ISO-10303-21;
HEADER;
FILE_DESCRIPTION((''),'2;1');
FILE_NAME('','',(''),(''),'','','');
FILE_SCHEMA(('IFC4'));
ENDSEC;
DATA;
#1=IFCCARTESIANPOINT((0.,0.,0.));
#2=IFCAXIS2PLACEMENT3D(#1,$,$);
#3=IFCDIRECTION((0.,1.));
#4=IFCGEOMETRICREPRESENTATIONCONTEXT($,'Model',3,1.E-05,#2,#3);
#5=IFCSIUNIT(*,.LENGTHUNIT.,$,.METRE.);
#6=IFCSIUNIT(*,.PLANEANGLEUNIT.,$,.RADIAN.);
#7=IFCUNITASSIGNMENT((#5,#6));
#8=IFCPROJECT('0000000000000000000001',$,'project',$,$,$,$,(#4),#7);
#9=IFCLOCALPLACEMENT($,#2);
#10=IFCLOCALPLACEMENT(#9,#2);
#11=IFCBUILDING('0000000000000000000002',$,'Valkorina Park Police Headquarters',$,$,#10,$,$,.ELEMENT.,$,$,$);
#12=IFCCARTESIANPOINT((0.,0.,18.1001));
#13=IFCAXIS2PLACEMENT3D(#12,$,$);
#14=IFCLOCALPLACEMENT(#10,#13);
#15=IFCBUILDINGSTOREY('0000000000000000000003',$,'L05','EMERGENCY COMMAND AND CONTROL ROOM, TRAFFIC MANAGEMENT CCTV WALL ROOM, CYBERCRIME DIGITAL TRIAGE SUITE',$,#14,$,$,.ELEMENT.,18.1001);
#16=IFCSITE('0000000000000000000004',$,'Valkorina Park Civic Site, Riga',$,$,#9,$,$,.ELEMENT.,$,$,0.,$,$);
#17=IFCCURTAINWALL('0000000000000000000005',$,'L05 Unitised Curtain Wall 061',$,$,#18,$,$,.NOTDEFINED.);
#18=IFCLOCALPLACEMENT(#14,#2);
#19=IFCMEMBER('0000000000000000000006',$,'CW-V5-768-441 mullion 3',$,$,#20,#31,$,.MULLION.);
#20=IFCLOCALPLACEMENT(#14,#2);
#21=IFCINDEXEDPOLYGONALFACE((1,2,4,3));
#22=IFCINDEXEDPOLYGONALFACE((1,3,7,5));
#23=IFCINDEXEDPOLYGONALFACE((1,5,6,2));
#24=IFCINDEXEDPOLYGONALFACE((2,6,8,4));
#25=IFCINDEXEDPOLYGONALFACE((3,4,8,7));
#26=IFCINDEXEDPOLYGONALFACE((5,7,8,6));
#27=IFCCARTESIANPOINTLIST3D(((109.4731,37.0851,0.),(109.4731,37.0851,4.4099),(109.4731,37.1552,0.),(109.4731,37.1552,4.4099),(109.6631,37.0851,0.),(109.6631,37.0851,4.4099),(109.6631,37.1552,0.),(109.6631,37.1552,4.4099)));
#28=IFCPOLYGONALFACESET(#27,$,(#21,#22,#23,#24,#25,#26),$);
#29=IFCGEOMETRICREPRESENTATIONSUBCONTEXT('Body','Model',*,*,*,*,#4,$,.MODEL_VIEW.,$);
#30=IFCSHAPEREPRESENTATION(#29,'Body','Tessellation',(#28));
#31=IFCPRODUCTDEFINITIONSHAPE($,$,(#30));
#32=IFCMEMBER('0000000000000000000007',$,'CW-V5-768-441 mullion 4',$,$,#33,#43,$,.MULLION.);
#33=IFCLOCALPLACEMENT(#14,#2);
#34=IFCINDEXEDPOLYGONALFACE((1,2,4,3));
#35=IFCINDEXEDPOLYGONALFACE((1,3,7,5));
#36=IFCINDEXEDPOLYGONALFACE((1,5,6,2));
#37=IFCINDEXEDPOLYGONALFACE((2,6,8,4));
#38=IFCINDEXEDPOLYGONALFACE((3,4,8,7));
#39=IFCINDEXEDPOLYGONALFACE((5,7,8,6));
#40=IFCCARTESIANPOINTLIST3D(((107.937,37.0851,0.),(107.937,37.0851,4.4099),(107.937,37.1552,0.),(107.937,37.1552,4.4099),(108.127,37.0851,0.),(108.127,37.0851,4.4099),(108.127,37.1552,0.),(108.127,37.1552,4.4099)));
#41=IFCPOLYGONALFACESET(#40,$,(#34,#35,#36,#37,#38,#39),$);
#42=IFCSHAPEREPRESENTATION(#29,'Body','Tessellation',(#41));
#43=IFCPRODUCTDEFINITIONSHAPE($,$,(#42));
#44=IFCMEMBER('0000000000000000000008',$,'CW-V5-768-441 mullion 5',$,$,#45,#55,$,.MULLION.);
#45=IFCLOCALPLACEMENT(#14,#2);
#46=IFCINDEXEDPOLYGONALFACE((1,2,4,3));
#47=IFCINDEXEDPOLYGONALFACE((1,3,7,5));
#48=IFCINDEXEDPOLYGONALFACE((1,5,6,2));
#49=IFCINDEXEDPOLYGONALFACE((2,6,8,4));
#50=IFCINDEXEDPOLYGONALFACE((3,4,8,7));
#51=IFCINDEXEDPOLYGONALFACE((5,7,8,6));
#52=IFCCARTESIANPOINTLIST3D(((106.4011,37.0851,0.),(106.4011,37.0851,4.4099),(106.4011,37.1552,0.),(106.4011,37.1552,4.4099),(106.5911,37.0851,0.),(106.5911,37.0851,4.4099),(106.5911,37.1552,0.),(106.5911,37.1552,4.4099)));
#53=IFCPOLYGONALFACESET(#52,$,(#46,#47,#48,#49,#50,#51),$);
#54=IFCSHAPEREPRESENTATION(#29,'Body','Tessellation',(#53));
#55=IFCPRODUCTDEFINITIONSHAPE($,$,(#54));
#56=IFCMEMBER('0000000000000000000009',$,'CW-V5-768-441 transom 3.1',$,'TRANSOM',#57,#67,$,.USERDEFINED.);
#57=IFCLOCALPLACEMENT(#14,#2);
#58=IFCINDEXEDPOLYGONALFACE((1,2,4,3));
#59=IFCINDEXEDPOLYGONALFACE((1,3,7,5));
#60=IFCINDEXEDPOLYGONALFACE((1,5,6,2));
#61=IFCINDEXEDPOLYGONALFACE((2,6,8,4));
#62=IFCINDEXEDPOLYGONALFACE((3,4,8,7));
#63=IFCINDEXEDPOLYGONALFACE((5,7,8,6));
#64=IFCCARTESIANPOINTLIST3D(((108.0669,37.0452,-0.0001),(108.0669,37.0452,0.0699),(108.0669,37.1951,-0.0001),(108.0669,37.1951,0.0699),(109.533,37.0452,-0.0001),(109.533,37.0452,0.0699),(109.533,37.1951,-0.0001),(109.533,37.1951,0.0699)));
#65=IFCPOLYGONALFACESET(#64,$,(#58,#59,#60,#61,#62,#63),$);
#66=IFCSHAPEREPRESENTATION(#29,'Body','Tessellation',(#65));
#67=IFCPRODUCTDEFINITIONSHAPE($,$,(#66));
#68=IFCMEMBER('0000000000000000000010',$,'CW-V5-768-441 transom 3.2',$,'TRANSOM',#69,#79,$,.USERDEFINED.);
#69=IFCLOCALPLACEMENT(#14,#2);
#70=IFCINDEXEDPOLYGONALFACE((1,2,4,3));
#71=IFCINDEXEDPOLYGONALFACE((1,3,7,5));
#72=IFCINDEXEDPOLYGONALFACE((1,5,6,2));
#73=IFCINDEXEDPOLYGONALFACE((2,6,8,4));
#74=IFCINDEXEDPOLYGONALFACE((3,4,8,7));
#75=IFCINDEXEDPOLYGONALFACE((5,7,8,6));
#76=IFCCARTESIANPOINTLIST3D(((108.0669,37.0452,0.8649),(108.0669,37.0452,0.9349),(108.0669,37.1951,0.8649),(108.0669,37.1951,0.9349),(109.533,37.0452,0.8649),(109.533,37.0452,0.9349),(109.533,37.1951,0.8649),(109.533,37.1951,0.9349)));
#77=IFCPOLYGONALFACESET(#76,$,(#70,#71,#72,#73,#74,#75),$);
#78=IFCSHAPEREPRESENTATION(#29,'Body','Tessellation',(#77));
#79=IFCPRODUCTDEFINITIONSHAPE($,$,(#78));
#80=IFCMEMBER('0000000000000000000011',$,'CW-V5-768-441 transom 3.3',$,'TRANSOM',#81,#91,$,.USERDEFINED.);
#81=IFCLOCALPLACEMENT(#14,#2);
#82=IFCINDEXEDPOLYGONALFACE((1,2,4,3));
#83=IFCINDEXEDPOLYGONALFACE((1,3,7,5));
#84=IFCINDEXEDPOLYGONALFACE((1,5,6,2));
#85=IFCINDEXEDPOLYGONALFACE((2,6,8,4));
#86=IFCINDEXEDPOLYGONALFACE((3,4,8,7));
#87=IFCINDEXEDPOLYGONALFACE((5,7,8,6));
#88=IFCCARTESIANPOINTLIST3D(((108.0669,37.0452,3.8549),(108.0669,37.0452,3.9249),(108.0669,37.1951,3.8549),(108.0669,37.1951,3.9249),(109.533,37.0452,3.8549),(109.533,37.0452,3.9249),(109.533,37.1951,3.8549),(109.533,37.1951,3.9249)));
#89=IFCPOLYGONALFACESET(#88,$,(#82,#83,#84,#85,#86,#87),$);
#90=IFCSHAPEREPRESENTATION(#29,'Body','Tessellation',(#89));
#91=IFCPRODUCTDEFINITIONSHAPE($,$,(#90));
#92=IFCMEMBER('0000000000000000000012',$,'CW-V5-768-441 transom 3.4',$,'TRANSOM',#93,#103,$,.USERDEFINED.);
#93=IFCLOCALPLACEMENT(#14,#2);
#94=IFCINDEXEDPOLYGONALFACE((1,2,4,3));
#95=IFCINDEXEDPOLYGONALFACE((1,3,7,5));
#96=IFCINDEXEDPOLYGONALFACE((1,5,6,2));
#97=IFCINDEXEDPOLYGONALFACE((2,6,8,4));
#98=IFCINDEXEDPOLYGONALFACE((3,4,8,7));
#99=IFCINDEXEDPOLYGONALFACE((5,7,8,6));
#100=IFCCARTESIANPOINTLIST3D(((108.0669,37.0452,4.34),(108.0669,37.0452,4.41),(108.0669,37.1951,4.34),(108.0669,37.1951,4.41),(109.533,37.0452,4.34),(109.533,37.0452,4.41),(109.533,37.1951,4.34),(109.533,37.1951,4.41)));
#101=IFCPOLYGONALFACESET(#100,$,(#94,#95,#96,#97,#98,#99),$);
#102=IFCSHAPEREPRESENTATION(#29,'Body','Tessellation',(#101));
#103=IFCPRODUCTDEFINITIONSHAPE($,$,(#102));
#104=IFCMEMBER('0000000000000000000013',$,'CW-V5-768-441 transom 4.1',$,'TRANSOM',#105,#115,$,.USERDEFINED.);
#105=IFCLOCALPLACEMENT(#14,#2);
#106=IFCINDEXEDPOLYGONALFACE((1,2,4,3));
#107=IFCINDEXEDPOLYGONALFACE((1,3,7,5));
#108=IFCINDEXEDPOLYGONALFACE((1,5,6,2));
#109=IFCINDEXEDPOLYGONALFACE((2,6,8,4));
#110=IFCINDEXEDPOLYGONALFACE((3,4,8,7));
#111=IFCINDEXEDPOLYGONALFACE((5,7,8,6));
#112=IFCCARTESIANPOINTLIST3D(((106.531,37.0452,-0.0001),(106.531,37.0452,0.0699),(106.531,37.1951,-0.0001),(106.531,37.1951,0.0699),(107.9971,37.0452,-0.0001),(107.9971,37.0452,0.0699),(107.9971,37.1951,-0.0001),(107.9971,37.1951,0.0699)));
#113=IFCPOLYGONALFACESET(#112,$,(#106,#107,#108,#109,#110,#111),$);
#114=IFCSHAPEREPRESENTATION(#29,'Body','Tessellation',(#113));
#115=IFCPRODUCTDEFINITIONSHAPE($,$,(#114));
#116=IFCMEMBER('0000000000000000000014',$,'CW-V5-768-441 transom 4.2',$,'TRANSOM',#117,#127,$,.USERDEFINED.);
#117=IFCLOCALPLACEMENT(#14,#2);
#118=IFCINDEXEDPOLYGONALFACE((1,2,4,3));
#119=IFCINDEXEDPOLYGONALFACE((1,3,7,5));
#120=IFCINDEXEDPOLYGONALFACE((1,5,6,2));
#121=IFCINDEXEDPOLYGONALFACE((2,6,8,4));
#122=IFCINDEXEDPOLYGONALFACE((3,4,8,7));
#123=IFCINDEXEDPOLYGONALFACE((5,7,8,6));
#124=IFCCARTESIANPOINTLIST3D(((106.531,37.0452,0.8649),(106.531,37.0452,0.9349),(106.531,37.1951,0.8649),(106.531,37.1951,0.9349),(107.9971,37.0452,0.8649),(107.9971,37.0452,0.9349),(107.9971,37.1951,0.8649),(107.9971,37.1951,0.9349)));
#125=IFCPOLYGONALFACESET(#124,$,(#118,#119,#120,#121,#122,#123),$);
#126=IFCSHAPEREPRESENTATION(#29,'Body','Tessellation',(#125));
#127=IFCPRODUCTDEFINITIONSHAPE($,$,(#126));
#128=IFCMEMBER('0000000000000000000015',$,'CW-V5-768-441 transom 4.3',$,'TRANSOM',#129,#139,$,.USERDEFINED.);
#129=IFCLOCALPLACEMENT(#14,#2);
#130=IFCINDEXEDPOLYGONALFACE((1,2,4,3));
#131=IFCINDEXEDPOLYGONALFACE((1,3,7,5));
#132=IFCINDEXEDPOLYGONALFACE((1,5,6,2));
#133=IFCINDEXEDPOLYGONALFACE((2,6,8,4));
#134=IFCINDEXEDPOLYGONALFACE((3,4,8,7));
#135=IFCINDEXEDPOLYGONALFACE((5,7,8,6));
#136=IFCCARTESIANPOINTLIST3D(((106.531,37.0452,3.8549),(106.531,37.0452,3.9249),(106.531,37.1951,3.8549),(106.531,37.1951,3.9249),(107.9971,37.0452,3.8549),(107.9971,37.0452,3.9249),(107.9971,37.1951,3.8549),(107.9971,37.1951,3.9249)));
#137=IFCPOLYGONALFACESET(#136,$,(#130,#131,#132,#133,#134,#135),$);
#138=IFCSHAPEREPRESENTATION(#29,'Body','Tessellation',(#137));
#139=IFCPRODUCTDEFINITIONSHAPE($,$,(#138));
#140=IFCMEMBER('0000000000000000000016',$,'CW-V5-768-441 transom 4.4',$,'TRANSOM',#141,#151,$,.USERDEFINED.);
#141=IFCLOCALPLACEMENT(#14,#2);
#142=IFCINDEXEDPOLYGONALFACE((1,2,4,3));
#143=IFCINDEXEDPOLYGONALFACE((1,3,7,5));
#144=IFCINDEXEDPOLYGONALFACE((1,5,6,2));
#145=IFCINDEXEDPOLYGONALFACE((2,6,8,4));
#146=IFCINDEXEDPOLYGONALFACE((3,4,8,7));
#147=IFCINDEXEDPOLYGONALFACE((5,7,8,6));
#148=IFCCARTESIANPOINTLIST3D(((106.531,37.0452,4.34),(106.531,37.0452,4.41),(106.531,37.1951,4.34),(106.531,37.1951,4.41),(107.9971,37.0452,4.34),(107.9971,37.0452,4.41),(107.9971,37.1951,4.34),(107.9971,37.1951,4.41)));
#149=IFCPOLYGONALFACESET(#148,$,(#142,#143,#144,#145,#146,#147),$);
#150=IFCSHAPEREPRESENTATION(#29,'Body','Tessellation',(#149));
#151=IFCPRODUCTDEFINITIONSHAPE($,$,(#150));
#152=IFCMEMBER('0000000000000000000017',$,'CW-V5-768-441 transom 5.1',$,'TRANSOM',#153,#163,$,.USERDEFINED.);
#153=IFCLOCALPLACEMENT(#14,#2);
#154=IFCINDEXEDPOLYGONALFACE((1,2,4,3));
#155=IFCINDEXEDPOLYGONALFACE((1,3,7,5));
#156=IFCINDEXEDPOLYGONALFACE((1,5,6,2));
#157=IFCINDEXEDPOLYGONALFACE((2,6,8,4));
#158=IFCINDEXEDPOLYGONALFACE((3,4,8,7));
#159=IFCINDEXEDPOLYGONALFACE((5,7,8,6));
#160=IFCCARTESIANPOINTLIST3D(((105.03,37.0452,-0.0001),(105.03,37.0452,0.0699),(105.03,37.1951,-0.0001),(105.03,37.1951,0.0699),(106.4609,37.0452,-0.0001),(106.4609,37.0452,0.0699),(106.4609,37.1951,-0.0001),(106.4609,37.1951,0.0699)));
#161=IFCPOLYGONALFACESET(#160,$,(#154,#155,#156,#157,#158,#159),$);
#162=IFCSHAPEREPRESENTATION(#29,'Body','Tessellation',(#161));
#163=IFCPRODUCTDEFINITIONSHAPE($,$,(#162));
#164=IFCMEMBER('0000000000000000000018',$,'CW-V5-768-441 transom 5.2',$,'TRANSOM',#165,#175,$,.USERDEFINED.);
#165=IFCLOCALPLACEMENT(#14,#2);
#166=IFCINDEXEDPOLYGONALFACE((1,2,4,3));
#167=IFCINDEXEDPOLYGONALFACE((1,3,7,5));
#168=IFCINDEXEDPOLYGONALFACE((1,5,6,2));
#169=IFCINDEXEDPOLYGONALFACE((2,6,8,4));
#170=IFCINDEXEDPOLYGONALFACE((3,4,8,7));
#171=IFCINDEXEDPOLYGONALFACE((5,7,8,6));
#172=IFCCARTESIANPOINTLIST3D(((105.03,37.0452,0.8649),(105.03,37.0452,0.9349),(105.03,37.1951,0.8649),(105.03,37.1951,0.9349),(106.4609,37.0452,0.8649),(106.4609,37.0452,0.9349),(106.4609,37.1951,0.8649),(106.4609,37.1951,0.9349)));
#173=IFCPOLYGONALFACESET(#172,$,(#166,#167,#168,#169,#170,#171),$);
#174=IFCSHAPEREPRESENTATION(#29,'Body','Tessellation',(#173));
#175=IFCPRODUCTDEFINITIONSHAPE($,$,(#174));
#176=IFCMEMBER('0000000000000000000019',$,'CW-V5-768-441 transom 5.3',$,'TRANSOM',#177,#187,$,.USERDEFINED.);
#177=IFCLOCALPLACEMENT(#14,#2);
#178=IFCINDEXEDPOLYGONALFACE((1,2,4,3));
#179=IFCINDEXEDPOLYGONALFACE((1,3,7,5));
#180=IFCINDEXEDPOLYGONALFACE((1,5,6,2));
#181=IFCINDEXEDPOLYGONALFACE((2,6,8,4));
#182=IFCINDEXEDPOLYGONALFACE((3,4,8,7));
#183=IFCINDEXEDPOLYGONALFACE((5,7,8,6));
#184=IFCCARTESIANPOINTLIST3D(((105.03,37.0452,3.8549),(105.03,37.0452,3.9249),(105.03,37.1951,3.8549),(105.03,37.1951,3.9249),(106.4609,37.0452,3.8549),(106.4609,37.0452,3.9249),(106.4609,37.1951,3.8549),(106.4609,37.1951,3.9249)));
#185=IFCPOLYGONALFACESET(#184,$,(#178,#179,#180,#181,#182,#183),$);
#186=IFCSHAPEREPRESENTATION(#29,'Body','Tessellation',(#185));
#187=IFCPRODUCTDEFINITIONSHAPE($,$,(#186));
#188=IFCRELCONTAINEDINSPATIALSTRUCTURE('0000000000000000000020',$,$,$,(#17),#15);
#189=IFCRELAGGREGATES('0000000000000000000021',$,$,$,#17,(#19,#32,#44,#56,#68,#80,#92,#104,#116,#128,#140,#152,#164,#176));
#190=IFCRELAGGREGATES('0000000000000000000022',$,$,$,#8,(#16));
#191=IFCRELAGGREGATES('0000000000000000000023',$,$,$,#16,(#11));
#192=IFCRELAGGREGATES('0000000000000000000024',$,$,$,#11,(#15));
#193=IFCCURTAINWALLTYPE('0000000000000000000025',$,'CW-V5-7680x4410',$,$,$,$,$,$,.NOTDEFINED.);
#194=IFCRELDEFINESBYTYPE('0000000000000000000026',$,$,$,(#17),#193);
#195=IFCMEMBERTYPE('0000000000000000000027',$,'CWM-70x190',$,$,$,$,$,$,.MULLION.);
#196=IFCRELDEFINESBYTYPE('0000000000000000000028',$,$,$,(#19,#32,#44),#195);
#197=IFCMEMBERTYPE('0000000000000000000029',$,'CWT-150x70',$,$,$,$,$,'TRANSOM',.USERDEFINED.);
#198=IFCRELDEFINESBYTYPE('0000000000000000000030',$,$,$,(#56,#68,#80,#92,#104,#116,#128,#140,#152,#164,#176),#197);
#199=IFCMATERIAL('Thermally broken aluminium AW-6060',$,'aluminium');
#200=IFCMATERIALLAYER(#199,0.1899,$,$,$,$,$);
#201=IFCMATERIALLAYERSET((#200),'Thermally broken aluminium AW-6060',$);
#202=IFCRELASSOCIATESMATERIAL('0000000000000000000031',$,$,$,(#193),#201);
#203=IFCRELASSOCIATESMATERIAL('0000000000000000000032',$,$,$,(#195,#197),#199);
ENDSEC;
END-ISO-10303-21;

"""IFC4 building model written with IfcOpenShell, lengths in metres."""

from ifc_helpers import new_model, si_unit, direction, frame, origin, origin_2d, place, context, subcontext, project, spatial, rectangle, extrude, material, layer, layer_set, material_profile, profile_set, type_object, element, aggregate, save


model = new_model("IFC4")

# Units and contexts
model_context = context("Model", 3, precision=1e-05, world=origin(), true_north=direction((0.0, 1.0)))
body_context = subcontext(model_context, "Body", "Model", "MODEL_VIEW")
ifc_project = project(units=[si_unit("LENGTHUNIT", "METRE"), si_unit("PLANEANGLEUNIT", "RADIAN")], contexts=[model_context])

# Site, building, storey
site_placement = place(None, origin())
site = spatial("IfcSite", under=ifc_project, at=site_placement, Name="Valkorina Park Civic Site, Riga", CompositionType="ELEMENT", RefElevation=0.0)
building_placement = place(site_placement, origin())
building = spatial("IfcBuilding", under=site, at=building_placement, Name="Valkorina Park Police Headquarters", CompositionType="ELEMENT")
storey_placement = place(building_placement, frame((0.0, 0.0, 18.1001)))
storey = spatial("IfcBuildingStorey", under=building, at=storey_placement, Name="L05", Description="EMERGENCY COMMAND AND CONTROL ROOM, TRAFFIC MANAGEMENT CCTV WALL ROOM, CYBERCRIME DIGITAL TRIAGE SUITE", CompositionType="ELEMENT", Elevation=18.1001)

# Curtain wall, members
ifc_material_1 = material(Name="Thermally broken aluminium AW-6060", Category="aluminium")
ifc_layer_1 = layer(ifc_material_1, 0.1899)
ifc_layer_set_1 = layer_set([ifc_layer_1], Name="Thermally broken aluminium AW-6060")
curtain_wall_type = type_object("IfcCurtainWallType", Name="CW-V5-7680x4410", PredefinedType="NOTDEFINED", material=ifc_layer_set_1)
curtain_wall_placement = place(storey_placement, origin())
curtain_wall = element("IfcCurtainWall", 1, at=curtain_wall_placement, inside=storey, type_object=curtain_wall_type, Name="L05 Unitised Curtain Wall 061", PredefinedType="NOTDEFINED")
ifc_material_profile_1 = material_profile(ifc_material_1, rectangle(XDim=0.0701, YDim=0.1899, at=origin_2d()), Name="CWM-02 70x190")
ifc_profile_set_1 = profile_set([ifc_material_profile_1], Name="Thermally broken aluminium AW-6060")
member_type_1 = type_object("IfcMemberType", Name="CWM-70x190", PredefinedType="MULLION", material=ifc_profile_set_1)
member_1_placement = place(storey_placement, frame((109.5681, 37.1201, 0.0), z_axis=(0.0, 0.0, 1.0), x_axis=(0.0, -1.0, 0.0)))
member_1 = element("IfcMember", 2, at=member_1_placement, type_object=member_type_1, Name="CW-V5-768-441 mullion 3", PredefinedType="MULLION", context=body_context, shape_type="SweptSolid", body=[
    extrude(rectangle(XDim=0.0701, YDim=0.1899, at=origin_2d()), origin(), (0.0, 0.0, 1.0), 4.4099),
])
member_2_placement = place(storey_placement, frame((108.032, 37.1201, 0.0), z_axis=(0.0, 0.0, 1.0), x_axis=(0.0, -1.0, 0.0)))
member_2 = element("IfcMember", 3, at=member_2_placement, type_object=member_type_1, Name="CW-V5-768-441 mullion 4", PredefinedType="MULLION", context=body_context, shape_type="SweptSolid", body=[
    extrude(rectangle(XDim=0.0701, YDim=0.1899, at=origin_2d()), origin(), (0.0, 0.0, 1.0), 4.4099),
])
member_3_placement = place(storey_placement, frame((106.4961, 37.1201, 0.0), z_axis=(0.0, 0.0, 1.0), x_axis=(0.0, -1.0, 0.0)))
member_3 = element("IfcMember", 4, at=member_3_placement, type_object=member_type_1, Name="CW-V5-768-441 mullion 5", PredefinedType="MULLION", context=body_context, shape_type="SweptSolid", body=[
    extrude(rectangle(XDim=0.0701, YDim=0.1899, at=origin_2d()), origin(), (0.0, 0.0, 1.0), 4.4099),
])
ifc_material_profile_2 = material_profile(ifc_material_1, rectangle(XDim=0.1499, YDim=0.0701, at=origin_2d()), Name="CWT-02 150x70")
ifc_profile_set_2 = profile_set([ifc_material_profile_2], Name="Thermally broken aluminium AW-6060")
member_type_2 = type_object("IfcMemberType", Name="CWT-150x70", ElementType="TRANSOM", PredefinedType="USERDEFINED", material=ifc_profile_set_2)
member_4_placement = place(storey_placement, frame((109.533, 37.1201, 0.0349), z_axis=(-1.0, 0.0, 0.0), x_axis=(0.0, -1.0, 0.0)))
member_4 = element("IfcMember", 5, at=member_4_placement, type_object=member_type_2, Name="CW-V5-768-441 transom 3.1", ObjectType="TRANSOM", PredefinedType="USERDEFINED", context=body_context, shape_type="SweptSolid", body=[
    extrude(rectangle(XDim=0.1499, YDim=0.0701, at=origin_2d()), origin(), (0.0, 0.0, 1.0), 1.4661),
])
member_5_placement = place(storey_placement, frame((109.533, 37.1201, 0.8999), z_axis=(-1.0, 0.0, 0.0), x_axis=(0.0, -1.0, 0.0)))
member_5 = element("IfcMember", 6, at=member_5_placement, type_object=member_type_2, Name="CW-V5-768-441 transom 3.2", ObjectType="TRANSOM", PredefinedType="USERDEFINED", context=body_context, shape_type="SweptSolid", body=[
    extrude(rectangle(XDim=0.1499, YDim=0.0701, at=origin_2d()), origin(), (0.0, 0.0, 1.0), 1.4661),
])
member_6_placement = place(storey_placement, frame((109.533, 37.1201, 3.8899), z_axis=(-1.0, 0.0, 0.0), x_axis=(0.0, -1.0, 0.0)))
member_6 = element("IfcMember", 7, at=member_6_placement, type_object=member_type_2, Name="CW-V5-768-441 transom 3.3", ObjectType="TRANSOM", PredefinedType="USERDEFINED", context=body_context, shape_type="SweptSolid", body=[
    extrude(rectangle(XDim=0.1499, YDim=0.0701, at=origin_2d()), origin(), (0.0, 0.0, 1.0), 1.4661),
])
member_7_placement = place(storey_placement, frame((109.533, 37.1201, 4.375), z_axis=(-1.0, 0.0, 0.0), x_axis=(0.0, -1.0, 0.0)))
member_7 = element("IfcMember", 8, at=member_7_placement, type_object=member_type_2, Name="CW-V5-768-441 transom 3.4", ObjectType="TRANSOM", PredefinedType="USERDEFINED", context=body_context, shape_type="SweptSolid", body=[
    extrude(rectangle(XDim=0.1499, YDim=0.0701, at=origin_2d()), origin(), (0.0, 0.0, 1.0), 1.4661),
])
member_8_placement = place(storey_placement, frame((107.9971, 37.1201, 0.0349), z_axis=(-1.0, 0.0, 0.0), x_axis=(0.0, -1.0, 0.0)))
member_8 = element("IfcMember", 9, at=member_8_placement, type_object=member_type_2, Name="CW-V5-768-441 transom 4.1", ObjectType="TRANSOM", PredefinedType="USERDEFINED", context=body_context, shape_type="SweptSolid", body=[
    extrude(rectangle(XDim=0.1499, YDim=0.0701, at=origin_2d()), origin(), (0.0, 0.0, 1.0), 1.4661),
])
member_9_placement = place(storey_placement, frame((107.9971, 37.1201, 0.8999), z_axis=(-1.0, 0.0, 0.0), x_axis=(0.0, -1.0, 0.0)))
member_9 = element("IfcMember", 10, at=member_9_placement, type_object=member_type_2, Name="CW-V5-768-441 transom 4.2", ObjectType="TRANSOM", PredefinedType="USERDEFINED", context=body_context, shape_type="SweptSolid", body=[
    extrude(rectangle(XDim=0.1499, YDim=0.0701, at=origin_2d()), origin(), (0.0, 0.0, 1.0), 1.4661),
])
member_10_placement = place(storey_placement, frame((107.9971, 37.1201, 3.8899), z_axis=(-1.0, 0.0, 0.0), x_axis=(0.0, -1.0, 0.0)))
member_10 = element("IfcMember", 11, at=member_10_placement, type_object=member_type_2, Name="CW-V5-768-441 transom 4.3", ObjectType="TRANSOM", PredefinedType="USERDEFINED", context=body_context, shape_type="SweptSolid", body=[
    extrude(rectangle(XDim=0.1499, YDim=0.0701, at=origin_2d()), origin(), (0.0, 0.0, 1.0), 1.4661),
])
member_11_placement = place(storey_placement, frame((107.9971, 37.1201, 4.375), z_axis=(-1.0, 0.0, 0.0), x_axis=(0.0, -1.0, 0.0)))
member_11 = element("IfcMember", 12, at=member_11_placement, type_object=member_type_2, Name="CW-V5-768-441 transom 4.4", ObjectType="TRANSOM", PredefinedType="USERDEFINED", context=body_context, shape_type="SweptSolid", body=[
    extrude(rectangle(XDim=0.1499, YDim=0.0701, at=origin_2d()), origin(), (0.0, 0.0, 1.0), 1.4661),
])
member_12_placement = place(storey_placement, frame((106.4609, 37.1201, 0.0349), z_axis=(-1.0, 0.0, 0.0), x_axis=(0.0, -1.0, 0.0)))
member_12 = element("IfcMember", 13, at=member_12_placement, type_object=member_type_2, Name="CW-V5-768-441 transom 5.1", ObjectType="TRANSOM", PredefinedType="USERDEFINED", context=body_context, shape_type="SweptSolid", body=[
    extrude(rectangle(XDim=0.1499, YDim=0.0701, at=origin_2d()), origin(), (0.0, 0.0, 1.0), 1.4309),
])
member_13_placement = place(storey_placement, frame((106.4609, 37.1201, 0.8999), z_axis=(-1.0, 0.0, 0.0), x_axis=(0.0, -1.0, 0.0)))
member_13 = element("IfcMember", 14, at=member_13_placement, type_object=member_type_2, Name="CW-V5-768-441 transom 5.2", ObjectType="TRANSOM", PredefinedType="USERDEFINED", context=body_context, shape_type="SweptSolid", body=[
    extrude(rectangle(XDim=0.1499, YDim=0.0701, at=origin_2d()), origin(), (0.0, 0.0, 1.0), 1.4309),
])
member_14_placement = place(storey_placement, frame((106.4609, 37.1201, 3.8899), z_axis=(-1.0, 0.0, 0.0), x_axis=(0.0, -1.0, 0.0)))
member_14 = element("IfcMember", 15, at=member_14_placement, type_object=member_type_2, Name="CW-V5-768-441 transom 5.3", ObjectType="TRANSOM", PredefinedType="USERDEFINED", context=body_context, shape_type="SweptSolid", body=[
    extrude(rectangle(XDim=0.1499, YDim=0.0701, at=origin_2d()), origin(), (0.0, 0.0, 1.0), 1.4309),
])
aggregate(curtain_wall, [member_1, member_2, member_3, member_4, member_5, member_6, member_7, member_8, member_9, member_10, member_11, member_12, member_13, member_14])

save(model, "model.ifc")
